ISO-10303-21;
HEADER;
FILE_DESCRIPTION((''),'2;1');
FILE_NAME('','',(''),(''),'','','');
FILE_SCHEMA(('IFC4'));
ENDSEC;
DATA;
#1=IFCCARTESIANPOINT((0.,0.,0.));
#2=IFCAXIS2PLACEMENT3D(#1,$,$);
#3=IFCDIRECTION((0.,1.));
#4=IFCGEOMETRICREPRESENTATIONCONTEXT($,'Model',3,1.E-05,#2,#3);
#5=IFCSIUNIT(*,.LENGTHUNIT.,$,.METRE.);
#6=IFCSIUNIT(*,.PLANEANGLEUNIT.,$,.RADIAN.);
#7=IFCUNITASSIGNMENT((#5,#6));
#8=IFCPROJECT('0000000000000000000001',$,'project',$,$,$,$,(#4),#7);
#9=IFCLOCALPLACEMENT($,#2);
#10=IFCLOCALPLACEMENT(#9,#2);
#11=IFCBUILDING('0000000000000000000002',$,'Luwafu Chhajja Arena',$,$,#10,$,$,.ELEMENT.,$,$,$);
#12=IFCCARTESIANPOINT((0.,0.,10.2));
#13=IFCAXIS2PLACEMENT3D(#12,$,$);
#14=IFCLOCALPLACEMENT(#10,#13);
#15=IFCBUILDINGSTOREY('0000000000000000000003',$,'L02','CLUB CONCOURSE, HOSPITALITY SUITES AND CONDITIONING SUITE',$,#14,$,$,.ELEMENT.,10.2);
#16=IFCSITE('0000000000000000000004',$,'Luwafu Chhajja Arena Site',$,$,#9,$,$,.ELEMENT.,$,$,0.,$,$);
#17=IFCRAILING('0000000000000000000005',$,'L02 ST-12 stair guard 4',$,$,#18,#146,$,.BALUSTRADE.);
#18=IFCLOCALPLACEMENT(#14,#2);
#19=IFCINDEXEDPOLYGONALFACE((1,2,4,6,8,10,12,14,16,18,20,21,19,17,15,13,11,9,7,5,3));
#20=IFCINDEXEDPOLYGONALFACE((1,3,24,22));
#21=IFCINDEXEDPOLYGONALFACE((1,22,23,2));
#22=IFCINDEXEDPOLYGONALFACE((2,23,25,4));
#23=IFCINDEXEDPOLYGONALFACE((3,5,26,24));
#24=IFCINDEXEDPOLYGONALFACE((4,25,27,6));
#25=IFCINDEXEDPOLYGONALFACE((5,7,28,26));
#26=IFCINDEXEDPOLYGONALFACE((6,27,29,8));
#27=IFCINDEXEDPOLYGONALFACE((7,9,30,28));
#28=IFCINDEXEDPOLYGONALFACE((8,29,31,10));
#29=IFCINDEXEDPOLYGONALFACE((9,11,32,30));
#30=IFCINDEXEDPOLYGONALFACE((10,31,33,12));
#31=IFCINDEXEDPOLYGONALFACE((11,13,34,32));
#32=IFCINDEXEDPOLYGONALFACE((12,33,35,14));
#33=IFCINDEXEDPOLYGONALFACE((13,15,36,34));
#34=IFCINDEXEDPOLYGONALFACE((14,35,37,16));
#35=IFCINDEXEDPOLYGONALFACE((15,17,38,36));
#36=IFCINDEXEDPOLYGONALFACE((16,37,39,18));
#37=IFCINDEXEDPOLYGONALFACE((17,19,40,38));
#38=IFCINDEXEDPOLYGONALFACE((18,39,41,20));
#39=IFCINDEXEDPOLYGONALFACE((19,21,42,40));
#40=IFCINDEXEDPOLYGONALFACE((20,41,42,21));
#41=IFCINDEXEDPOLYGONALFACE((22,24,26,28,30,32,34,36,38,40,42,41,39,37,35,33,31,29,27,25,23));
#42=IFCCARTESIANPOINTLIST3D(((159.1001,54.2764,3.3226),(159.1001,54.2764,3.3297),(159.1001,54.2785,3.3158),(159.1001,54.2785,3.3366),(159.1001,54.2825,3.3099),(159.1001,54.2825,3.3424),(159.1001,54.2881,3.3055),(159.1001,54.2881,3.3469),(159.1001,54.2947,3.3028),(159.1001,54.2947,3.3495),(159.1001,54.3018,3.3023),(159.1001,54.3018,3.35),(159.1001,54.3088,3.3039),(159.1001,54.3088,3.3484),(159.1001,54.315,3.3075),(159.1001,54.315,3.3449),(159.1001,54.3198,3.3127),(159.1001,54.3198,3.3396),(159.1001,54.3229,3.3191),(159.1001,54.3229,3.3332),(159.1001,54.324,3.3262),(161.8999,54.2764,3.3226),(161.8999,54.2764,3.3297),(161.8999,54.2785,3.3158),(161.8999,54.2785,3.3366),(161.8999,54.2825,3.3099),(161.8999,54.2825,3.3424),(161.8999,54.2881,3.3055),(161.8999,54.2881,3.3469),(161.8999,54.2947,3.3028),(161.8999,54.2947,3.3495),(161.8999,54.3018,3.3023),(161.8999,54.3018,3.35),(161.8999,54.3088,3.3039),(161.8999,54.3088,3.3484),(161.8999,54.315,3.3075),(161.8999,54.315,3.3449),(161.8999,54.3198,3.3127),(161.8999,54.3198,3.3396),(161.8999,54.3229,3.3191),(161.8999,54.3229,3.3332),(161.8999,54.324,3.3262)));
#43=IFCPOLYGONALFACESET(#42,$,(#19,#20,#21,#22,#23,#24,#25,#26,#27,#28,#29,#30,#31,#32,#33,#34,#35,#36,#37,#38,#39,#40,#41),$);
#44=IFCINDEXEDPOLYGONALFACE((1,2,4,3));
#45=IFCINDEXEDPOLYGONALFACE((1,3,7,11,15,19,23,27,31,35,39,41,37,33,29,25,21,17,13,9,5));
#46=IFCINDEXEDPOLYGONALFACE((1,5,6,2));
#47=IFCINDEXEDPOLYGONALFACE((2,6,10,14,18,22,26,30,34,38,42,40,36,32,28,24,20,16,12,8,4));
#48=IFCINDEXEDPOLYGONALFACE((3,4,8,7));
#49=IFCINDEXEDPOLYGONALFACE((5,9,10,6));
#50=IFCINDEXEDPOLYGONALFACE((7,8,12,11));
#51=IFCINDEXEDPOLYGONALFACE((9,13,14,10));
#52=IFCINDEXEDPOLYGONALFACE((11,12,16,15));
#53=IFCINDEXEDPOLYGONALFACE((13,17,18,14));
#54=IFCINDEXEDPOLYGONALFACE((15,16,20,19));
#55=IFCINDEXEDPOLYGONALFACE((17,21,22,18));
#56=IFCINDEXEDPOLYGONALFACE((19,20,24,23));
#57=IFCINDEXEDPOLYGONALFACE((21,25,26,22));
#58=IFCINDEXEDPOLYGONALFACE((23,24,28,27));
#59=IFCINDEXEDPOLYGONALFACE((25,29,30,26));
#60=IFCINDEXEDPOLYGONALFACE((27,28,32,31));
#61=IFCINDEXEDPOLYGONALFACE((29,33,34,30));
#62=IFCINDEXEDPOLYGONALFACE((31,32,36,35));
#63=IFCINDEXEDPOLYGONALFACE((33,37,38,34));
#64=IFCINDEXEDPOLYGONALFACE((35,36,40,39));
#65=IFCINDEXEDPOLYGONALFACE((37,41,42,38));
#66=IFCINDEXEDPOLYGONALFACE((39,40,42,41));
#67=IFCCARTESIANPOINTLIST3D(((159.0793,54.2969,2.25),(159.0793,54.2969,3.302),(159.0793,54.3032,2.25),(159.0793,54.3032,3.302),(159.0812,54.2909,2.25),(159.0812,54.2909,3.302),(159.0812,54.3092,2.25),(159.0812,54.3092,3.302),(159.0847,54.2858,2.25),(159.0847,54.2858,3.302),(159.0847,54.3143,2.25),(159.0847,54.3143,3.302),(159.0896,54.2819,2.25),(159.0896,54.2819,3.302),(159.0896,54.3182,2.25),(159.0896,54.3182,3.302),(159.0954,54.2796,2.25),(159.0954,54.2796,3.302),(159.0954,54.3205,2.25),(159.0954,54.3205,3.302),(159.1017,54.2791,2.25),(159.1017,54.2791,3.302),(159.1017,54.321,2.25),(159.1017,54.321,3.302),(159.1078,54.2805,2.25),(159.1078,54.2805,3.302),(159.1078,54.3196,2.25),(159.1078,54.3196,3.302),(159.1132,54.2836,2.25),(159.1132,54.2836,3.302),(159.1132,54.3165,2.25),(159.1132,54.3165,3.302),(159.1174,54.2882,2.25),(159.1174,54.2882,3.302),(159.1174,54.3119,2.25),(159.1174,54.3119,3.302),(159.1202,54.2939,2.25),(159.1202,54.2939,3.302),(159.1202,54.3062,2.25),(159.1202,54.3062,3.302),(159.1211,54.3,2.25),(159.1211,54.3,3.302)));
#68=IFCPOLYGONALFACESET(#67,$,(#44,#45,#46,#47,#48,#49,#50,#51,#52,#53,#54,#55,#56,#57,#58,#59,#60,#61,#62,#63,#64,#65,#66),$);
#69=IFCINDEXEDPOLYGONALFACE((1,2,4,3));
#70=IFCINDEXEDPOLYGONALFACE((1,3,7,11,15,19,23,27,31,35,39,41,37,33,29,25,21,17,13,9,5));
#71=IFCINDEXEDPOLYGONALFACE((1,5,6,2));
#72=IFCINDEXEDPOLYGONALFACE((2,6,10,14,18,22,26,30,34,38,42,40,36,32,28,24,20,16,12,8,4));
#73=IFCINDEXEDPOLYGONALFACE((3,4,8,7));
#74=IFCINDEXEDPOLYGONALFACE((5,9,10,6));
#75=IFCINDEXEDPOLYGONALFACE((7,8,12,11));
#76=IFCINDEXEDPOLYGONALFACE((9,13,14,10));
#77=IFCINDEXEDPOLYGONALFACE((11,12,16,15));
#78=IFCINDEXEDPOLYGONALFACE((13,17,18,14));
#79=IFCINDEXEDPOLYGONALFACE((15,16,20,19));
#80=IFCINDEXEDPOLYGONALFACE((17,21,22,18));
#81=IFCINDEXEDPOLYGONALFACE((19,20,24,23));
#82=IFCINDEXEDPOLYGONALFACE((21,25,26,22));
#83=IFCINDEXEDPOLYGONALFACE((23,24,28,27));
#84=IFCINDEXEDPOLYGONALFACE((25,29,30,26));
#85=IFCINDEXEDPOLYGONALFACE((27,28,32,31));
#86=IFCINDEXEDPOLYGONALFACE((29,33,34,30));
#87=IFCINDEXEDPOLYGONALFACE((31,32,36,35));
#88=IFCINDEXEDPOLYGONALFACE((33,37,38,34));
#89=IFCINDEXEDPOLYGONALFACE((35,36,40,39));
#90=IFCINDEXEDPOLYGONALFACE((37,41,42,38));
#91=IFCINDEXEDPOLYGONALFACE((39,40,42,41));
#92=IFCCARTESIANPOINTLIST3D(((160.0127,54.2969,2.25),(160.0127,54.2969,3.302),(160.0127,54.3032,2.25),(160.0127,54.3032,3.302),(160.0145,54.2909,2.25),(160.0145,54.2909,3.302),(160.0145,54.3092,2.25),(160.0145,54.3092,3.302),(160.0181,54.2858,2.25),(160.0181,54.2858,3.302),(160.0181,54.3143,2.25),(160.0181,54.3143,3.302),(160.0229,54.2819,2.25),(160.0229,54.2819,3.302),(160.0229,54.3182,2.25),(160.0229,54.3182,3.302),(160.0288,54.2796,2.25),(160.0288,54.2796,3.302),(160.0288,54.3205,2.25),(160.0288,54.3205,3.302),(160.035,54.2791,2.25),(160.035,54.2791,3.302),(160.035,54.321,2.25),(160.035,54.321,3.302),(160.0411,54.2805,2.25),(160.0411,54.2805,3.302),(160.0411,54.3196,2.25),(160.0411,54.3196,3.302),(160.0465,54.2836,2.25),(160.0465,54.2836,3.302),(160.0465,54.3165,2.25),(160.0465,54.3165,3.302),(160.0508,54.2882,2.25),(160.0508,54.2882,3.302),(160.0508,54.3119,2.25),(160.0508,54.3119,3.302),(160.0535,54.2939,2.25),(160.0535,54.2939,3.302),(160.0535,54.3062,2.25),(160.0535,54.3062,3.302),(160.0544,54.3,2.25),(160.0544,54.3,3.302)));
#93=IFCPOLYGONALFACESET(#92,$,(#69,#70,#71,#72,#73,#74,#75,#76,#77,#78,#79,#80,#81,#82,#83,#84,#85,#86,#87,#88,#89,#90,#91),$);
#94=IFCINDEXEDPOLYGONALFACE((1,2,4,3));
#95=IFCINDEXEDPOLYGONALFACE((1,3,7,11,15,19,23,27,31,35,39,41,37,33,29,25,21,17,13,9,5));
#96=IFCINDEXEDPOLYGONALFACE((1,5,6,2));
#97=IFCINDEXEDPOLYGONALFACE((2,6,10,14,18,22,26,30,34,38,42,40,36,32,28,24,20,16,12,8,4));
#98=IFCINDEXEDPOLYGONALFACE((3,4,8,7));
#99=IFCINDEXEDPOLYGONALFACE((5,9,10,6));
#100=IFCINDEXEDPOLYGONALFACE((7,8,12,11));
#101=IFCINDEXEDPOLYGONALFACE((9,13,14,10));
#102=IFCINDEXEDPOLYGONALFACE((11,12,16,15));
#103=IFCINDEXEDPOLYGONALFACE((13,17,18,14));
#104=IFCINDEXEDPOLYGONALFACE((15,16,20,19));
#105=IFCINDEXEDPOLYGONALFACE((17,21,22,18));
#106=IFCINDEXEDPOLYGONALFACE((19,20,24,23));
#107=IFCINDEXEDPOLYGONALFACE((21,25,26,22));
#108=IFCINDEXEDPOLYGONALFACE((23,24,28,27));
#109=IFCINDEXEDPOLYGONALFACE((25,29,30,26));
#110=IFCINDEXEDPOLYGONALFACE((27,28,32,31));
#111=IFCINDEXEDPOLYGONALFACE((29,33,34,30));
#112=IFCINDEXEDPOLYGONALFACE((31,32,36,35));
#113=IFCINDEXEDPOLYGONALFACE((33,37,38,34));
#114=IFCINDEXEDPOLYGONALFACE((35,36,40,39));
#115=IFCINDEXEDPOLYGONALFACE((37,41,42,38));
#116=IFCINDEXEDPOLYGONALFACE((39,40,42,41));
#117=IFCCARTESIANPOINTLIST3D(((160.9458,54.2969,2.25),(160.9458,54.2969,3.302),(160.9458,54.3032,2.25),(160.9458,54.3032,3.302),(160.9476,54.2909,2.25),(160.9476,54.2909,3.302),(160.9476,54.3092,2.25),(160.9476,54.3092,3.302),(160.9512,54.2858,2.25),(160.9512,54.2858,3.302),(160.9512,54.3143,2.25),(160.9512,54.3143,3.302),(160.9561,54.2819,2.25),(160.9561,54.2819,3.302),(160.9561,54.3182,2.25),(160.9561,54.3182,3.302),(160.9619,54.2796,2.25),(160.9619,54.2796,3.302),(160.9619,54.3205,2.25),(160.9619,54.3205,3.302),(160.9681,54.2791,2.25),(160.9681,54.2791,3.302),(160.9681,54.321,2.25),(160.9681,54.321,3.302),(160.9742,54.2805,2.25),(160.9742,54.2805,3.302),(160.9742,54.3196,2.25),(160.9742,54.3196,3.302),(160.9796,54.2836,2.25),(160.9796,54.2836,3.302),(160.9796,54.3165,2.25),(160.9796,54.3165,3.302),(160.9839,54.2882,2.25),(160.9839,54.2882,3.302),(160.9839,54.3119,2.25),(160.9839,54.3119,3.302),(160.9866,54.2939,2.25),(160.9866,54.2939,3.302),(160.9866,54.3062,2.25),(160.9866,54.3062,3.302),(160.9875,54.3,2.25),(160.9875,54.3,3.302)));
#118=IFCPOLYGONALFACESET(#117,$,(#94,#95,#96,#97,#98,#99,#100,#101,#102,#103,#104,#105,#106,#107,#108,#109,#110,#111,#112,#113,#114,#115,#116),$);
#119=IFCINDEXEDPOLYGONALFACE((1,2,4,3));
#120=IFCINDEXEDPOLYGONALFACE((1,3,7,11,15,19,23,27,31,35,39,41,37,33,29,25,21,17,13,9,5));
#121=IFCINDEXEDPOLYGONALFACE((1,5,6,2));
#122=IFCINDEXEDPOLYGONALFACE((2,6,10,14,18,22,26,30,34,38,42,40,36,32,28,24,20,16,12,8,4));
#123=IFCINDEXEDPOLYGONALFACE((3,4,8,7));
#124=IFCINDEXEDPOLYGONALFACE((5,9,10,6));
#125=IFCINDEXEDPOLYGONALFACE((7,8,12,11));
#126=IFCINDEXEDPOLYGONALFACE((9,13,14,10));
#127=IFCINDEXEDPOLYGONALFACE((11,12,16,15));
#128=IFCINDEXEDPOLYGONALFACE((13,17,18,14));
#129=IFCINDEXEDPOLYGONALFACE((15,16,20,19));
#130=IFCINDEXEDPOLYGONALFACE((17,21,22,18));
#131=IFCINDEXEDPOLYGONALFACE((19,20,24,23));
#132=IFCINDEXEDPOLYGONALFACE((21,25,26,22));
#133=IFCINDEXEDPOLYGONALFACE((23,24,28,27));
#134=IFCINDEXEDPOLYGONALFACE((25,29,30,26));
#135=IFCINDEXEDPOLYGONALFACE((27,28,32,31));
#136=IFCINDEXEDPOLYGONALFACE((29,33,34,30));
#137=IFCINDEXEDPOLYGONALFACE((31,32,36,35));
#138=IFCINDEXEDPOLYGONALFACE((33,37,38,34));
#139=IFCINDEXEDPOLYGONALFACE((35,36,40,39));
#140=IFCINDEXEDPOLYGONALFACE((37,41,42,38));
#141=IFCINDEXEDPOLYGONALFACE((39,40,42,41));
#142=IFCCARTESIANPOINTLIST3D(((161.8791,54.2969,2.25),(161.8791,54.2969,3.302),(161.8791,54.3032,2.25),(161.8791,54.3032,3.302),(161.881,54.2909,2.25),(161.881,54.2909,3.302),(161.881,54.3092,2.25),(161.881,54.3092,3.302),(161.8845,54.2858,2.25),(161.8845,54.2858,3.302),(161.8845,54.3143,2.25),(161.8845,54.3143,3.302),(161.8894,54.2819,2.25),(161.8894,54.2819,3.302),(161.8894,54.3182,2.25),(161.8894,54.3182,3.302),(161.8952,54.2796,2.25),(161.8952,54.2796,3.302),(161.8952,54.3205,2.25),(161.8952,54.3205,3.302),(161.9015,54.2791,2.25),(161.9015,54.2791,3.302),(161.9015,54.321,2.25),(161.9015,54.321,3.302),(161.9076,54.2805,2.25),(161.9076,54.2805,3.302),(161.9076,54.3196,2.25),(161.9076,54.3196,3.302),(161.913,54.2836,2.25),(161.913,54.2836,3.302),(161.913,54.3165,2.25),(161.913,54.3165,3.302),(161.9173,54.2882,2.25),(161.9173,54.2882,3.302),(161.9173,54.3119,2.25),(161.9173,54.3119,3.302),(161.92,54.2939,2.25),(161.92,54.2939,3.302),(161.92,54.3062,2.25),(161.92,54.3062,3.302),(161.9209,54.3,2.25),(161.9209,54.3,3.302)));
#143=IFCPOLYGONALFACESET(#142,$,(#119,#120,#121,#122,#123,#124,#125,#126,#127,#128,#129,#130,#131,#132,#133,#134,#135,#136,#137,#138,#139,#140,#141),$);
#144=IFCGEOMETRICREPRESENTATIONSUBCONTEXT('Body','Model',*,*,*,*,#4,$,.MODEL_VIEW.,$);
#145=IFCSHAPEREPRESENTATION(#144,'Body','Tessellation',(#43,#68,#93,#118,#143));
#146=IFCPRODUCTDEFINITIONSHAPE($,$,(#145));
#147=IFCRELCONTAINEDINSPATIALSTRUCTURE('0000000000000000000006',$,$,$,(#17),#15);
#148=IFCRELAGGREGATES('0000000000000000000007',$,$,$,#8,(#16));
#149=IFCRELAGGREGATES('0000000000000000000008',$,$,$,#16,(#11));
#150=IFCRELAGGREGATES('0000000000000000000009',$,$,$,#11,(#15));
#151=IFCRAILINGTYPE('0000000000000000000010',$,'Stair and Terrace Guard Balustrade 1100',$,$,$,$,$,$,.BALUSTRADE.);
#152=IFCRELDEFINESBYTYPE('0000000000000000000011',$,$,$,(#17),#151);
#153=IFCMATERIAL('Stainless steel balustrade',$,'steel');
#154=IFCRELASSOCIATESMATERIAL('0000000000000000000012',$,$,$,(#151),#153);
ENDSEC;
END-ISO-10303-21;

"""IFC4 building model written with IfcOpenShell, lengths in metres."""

from ifc_helpers import new_model, si_unit, direction, frame, origin, origin_2d, place, context, subcontext, project, spatial, circle, extrude, material, type_object, element, save


model = new_model("IFC4")

# Units and contexts
model_context = context("Model", 3, precision=1e-05, world=origin(), true_north=direction((0.0, 1.0)))
body_context = subcontext(model_context, "Body", "Model", "MODEL_VIEW")
ifc_project = project(units=[si_unit("LENGTHUNIT", "METRE"), si_unit("PLANEANGLEUNIT", "RADIAN")], contexts=[model_context])

# Site, building, storey
site_placement = place(None, origin())
site = spatial("IfcSite", under=ifc_project, at=site_placement, Name="Luwafu Chhajja Arena Site", CompositionType="ELEMENT", RefElevation=0.0)
building_placement = place(site_placement, origin())
building = spatial("IfcBuilding", under=site, at=building_placement, Name="Luwafu Chhajja Arena", CompositionType="ELEMENT")
storey_placement = place(building_placement, frame((0.0, 0.0, 10.2)))
storey = spatial("IfcBuildingStorey", under=building, at=storey_placement, Name="L02", Description="CLUB CONCOURSE, HOSPITALITY SUITES AND CONDITIONING SUITE", CompositionType="ELEMENT", Elevation=10.2)

# Railing
ifc_material_1 = material(Name="Stainless steel balustrade", Category="steel")
railing_type_1 = type_object("IfcRailingType", Name="Stair and Terrace Guard Balustrade 1100", PredefinedType="BALUSTRADE", material=ifc_material_1)
railing_1_placement = place(storey_placement, frame((159.1001, 54.3, 2.25)))
element("IfcRailing", 1, at=railing_1_placement, inside=storey, type_object=railing_type_1, Name="L02 ST-12 stair guard 4", PredefinedType="BALUSTRADE", context=body_context, shape_type="SweptSolid", body=[
    extrude(circle(Radius=0.0239, at=origin_2d()), frame((0.0, 0.0, 1.0762), z_axis=(1.0, 0.0, 0.0), x_axis=(0.0, 1.0, 0.0)), (0.0, 0.0, 1.0), 2.7998),
    extrude(circle(Radius=0.021, at=origin_2d()), origin(), (0.0, 0.0, 1.0), 1.052),
    extrude(circle(Radius=0.021, at=origin_2d()), frame((0.9333, 0.0, 0.0)), (0.0, 0.0, 1.0), 1.052),
    extrude(circle(Radius=0.021, at=origin_2d()), frame((1.8665, 0.0, 0.0)), (0.0, 0.0, 1.0), 1.052),
    extrude(circle(Radius=0.021, at=origin_2d()), frame((2.7998, 0.0, 0.0)), (0.0, 0.0, 1.0), 1.052),
])

save(model, "model.ifc")
